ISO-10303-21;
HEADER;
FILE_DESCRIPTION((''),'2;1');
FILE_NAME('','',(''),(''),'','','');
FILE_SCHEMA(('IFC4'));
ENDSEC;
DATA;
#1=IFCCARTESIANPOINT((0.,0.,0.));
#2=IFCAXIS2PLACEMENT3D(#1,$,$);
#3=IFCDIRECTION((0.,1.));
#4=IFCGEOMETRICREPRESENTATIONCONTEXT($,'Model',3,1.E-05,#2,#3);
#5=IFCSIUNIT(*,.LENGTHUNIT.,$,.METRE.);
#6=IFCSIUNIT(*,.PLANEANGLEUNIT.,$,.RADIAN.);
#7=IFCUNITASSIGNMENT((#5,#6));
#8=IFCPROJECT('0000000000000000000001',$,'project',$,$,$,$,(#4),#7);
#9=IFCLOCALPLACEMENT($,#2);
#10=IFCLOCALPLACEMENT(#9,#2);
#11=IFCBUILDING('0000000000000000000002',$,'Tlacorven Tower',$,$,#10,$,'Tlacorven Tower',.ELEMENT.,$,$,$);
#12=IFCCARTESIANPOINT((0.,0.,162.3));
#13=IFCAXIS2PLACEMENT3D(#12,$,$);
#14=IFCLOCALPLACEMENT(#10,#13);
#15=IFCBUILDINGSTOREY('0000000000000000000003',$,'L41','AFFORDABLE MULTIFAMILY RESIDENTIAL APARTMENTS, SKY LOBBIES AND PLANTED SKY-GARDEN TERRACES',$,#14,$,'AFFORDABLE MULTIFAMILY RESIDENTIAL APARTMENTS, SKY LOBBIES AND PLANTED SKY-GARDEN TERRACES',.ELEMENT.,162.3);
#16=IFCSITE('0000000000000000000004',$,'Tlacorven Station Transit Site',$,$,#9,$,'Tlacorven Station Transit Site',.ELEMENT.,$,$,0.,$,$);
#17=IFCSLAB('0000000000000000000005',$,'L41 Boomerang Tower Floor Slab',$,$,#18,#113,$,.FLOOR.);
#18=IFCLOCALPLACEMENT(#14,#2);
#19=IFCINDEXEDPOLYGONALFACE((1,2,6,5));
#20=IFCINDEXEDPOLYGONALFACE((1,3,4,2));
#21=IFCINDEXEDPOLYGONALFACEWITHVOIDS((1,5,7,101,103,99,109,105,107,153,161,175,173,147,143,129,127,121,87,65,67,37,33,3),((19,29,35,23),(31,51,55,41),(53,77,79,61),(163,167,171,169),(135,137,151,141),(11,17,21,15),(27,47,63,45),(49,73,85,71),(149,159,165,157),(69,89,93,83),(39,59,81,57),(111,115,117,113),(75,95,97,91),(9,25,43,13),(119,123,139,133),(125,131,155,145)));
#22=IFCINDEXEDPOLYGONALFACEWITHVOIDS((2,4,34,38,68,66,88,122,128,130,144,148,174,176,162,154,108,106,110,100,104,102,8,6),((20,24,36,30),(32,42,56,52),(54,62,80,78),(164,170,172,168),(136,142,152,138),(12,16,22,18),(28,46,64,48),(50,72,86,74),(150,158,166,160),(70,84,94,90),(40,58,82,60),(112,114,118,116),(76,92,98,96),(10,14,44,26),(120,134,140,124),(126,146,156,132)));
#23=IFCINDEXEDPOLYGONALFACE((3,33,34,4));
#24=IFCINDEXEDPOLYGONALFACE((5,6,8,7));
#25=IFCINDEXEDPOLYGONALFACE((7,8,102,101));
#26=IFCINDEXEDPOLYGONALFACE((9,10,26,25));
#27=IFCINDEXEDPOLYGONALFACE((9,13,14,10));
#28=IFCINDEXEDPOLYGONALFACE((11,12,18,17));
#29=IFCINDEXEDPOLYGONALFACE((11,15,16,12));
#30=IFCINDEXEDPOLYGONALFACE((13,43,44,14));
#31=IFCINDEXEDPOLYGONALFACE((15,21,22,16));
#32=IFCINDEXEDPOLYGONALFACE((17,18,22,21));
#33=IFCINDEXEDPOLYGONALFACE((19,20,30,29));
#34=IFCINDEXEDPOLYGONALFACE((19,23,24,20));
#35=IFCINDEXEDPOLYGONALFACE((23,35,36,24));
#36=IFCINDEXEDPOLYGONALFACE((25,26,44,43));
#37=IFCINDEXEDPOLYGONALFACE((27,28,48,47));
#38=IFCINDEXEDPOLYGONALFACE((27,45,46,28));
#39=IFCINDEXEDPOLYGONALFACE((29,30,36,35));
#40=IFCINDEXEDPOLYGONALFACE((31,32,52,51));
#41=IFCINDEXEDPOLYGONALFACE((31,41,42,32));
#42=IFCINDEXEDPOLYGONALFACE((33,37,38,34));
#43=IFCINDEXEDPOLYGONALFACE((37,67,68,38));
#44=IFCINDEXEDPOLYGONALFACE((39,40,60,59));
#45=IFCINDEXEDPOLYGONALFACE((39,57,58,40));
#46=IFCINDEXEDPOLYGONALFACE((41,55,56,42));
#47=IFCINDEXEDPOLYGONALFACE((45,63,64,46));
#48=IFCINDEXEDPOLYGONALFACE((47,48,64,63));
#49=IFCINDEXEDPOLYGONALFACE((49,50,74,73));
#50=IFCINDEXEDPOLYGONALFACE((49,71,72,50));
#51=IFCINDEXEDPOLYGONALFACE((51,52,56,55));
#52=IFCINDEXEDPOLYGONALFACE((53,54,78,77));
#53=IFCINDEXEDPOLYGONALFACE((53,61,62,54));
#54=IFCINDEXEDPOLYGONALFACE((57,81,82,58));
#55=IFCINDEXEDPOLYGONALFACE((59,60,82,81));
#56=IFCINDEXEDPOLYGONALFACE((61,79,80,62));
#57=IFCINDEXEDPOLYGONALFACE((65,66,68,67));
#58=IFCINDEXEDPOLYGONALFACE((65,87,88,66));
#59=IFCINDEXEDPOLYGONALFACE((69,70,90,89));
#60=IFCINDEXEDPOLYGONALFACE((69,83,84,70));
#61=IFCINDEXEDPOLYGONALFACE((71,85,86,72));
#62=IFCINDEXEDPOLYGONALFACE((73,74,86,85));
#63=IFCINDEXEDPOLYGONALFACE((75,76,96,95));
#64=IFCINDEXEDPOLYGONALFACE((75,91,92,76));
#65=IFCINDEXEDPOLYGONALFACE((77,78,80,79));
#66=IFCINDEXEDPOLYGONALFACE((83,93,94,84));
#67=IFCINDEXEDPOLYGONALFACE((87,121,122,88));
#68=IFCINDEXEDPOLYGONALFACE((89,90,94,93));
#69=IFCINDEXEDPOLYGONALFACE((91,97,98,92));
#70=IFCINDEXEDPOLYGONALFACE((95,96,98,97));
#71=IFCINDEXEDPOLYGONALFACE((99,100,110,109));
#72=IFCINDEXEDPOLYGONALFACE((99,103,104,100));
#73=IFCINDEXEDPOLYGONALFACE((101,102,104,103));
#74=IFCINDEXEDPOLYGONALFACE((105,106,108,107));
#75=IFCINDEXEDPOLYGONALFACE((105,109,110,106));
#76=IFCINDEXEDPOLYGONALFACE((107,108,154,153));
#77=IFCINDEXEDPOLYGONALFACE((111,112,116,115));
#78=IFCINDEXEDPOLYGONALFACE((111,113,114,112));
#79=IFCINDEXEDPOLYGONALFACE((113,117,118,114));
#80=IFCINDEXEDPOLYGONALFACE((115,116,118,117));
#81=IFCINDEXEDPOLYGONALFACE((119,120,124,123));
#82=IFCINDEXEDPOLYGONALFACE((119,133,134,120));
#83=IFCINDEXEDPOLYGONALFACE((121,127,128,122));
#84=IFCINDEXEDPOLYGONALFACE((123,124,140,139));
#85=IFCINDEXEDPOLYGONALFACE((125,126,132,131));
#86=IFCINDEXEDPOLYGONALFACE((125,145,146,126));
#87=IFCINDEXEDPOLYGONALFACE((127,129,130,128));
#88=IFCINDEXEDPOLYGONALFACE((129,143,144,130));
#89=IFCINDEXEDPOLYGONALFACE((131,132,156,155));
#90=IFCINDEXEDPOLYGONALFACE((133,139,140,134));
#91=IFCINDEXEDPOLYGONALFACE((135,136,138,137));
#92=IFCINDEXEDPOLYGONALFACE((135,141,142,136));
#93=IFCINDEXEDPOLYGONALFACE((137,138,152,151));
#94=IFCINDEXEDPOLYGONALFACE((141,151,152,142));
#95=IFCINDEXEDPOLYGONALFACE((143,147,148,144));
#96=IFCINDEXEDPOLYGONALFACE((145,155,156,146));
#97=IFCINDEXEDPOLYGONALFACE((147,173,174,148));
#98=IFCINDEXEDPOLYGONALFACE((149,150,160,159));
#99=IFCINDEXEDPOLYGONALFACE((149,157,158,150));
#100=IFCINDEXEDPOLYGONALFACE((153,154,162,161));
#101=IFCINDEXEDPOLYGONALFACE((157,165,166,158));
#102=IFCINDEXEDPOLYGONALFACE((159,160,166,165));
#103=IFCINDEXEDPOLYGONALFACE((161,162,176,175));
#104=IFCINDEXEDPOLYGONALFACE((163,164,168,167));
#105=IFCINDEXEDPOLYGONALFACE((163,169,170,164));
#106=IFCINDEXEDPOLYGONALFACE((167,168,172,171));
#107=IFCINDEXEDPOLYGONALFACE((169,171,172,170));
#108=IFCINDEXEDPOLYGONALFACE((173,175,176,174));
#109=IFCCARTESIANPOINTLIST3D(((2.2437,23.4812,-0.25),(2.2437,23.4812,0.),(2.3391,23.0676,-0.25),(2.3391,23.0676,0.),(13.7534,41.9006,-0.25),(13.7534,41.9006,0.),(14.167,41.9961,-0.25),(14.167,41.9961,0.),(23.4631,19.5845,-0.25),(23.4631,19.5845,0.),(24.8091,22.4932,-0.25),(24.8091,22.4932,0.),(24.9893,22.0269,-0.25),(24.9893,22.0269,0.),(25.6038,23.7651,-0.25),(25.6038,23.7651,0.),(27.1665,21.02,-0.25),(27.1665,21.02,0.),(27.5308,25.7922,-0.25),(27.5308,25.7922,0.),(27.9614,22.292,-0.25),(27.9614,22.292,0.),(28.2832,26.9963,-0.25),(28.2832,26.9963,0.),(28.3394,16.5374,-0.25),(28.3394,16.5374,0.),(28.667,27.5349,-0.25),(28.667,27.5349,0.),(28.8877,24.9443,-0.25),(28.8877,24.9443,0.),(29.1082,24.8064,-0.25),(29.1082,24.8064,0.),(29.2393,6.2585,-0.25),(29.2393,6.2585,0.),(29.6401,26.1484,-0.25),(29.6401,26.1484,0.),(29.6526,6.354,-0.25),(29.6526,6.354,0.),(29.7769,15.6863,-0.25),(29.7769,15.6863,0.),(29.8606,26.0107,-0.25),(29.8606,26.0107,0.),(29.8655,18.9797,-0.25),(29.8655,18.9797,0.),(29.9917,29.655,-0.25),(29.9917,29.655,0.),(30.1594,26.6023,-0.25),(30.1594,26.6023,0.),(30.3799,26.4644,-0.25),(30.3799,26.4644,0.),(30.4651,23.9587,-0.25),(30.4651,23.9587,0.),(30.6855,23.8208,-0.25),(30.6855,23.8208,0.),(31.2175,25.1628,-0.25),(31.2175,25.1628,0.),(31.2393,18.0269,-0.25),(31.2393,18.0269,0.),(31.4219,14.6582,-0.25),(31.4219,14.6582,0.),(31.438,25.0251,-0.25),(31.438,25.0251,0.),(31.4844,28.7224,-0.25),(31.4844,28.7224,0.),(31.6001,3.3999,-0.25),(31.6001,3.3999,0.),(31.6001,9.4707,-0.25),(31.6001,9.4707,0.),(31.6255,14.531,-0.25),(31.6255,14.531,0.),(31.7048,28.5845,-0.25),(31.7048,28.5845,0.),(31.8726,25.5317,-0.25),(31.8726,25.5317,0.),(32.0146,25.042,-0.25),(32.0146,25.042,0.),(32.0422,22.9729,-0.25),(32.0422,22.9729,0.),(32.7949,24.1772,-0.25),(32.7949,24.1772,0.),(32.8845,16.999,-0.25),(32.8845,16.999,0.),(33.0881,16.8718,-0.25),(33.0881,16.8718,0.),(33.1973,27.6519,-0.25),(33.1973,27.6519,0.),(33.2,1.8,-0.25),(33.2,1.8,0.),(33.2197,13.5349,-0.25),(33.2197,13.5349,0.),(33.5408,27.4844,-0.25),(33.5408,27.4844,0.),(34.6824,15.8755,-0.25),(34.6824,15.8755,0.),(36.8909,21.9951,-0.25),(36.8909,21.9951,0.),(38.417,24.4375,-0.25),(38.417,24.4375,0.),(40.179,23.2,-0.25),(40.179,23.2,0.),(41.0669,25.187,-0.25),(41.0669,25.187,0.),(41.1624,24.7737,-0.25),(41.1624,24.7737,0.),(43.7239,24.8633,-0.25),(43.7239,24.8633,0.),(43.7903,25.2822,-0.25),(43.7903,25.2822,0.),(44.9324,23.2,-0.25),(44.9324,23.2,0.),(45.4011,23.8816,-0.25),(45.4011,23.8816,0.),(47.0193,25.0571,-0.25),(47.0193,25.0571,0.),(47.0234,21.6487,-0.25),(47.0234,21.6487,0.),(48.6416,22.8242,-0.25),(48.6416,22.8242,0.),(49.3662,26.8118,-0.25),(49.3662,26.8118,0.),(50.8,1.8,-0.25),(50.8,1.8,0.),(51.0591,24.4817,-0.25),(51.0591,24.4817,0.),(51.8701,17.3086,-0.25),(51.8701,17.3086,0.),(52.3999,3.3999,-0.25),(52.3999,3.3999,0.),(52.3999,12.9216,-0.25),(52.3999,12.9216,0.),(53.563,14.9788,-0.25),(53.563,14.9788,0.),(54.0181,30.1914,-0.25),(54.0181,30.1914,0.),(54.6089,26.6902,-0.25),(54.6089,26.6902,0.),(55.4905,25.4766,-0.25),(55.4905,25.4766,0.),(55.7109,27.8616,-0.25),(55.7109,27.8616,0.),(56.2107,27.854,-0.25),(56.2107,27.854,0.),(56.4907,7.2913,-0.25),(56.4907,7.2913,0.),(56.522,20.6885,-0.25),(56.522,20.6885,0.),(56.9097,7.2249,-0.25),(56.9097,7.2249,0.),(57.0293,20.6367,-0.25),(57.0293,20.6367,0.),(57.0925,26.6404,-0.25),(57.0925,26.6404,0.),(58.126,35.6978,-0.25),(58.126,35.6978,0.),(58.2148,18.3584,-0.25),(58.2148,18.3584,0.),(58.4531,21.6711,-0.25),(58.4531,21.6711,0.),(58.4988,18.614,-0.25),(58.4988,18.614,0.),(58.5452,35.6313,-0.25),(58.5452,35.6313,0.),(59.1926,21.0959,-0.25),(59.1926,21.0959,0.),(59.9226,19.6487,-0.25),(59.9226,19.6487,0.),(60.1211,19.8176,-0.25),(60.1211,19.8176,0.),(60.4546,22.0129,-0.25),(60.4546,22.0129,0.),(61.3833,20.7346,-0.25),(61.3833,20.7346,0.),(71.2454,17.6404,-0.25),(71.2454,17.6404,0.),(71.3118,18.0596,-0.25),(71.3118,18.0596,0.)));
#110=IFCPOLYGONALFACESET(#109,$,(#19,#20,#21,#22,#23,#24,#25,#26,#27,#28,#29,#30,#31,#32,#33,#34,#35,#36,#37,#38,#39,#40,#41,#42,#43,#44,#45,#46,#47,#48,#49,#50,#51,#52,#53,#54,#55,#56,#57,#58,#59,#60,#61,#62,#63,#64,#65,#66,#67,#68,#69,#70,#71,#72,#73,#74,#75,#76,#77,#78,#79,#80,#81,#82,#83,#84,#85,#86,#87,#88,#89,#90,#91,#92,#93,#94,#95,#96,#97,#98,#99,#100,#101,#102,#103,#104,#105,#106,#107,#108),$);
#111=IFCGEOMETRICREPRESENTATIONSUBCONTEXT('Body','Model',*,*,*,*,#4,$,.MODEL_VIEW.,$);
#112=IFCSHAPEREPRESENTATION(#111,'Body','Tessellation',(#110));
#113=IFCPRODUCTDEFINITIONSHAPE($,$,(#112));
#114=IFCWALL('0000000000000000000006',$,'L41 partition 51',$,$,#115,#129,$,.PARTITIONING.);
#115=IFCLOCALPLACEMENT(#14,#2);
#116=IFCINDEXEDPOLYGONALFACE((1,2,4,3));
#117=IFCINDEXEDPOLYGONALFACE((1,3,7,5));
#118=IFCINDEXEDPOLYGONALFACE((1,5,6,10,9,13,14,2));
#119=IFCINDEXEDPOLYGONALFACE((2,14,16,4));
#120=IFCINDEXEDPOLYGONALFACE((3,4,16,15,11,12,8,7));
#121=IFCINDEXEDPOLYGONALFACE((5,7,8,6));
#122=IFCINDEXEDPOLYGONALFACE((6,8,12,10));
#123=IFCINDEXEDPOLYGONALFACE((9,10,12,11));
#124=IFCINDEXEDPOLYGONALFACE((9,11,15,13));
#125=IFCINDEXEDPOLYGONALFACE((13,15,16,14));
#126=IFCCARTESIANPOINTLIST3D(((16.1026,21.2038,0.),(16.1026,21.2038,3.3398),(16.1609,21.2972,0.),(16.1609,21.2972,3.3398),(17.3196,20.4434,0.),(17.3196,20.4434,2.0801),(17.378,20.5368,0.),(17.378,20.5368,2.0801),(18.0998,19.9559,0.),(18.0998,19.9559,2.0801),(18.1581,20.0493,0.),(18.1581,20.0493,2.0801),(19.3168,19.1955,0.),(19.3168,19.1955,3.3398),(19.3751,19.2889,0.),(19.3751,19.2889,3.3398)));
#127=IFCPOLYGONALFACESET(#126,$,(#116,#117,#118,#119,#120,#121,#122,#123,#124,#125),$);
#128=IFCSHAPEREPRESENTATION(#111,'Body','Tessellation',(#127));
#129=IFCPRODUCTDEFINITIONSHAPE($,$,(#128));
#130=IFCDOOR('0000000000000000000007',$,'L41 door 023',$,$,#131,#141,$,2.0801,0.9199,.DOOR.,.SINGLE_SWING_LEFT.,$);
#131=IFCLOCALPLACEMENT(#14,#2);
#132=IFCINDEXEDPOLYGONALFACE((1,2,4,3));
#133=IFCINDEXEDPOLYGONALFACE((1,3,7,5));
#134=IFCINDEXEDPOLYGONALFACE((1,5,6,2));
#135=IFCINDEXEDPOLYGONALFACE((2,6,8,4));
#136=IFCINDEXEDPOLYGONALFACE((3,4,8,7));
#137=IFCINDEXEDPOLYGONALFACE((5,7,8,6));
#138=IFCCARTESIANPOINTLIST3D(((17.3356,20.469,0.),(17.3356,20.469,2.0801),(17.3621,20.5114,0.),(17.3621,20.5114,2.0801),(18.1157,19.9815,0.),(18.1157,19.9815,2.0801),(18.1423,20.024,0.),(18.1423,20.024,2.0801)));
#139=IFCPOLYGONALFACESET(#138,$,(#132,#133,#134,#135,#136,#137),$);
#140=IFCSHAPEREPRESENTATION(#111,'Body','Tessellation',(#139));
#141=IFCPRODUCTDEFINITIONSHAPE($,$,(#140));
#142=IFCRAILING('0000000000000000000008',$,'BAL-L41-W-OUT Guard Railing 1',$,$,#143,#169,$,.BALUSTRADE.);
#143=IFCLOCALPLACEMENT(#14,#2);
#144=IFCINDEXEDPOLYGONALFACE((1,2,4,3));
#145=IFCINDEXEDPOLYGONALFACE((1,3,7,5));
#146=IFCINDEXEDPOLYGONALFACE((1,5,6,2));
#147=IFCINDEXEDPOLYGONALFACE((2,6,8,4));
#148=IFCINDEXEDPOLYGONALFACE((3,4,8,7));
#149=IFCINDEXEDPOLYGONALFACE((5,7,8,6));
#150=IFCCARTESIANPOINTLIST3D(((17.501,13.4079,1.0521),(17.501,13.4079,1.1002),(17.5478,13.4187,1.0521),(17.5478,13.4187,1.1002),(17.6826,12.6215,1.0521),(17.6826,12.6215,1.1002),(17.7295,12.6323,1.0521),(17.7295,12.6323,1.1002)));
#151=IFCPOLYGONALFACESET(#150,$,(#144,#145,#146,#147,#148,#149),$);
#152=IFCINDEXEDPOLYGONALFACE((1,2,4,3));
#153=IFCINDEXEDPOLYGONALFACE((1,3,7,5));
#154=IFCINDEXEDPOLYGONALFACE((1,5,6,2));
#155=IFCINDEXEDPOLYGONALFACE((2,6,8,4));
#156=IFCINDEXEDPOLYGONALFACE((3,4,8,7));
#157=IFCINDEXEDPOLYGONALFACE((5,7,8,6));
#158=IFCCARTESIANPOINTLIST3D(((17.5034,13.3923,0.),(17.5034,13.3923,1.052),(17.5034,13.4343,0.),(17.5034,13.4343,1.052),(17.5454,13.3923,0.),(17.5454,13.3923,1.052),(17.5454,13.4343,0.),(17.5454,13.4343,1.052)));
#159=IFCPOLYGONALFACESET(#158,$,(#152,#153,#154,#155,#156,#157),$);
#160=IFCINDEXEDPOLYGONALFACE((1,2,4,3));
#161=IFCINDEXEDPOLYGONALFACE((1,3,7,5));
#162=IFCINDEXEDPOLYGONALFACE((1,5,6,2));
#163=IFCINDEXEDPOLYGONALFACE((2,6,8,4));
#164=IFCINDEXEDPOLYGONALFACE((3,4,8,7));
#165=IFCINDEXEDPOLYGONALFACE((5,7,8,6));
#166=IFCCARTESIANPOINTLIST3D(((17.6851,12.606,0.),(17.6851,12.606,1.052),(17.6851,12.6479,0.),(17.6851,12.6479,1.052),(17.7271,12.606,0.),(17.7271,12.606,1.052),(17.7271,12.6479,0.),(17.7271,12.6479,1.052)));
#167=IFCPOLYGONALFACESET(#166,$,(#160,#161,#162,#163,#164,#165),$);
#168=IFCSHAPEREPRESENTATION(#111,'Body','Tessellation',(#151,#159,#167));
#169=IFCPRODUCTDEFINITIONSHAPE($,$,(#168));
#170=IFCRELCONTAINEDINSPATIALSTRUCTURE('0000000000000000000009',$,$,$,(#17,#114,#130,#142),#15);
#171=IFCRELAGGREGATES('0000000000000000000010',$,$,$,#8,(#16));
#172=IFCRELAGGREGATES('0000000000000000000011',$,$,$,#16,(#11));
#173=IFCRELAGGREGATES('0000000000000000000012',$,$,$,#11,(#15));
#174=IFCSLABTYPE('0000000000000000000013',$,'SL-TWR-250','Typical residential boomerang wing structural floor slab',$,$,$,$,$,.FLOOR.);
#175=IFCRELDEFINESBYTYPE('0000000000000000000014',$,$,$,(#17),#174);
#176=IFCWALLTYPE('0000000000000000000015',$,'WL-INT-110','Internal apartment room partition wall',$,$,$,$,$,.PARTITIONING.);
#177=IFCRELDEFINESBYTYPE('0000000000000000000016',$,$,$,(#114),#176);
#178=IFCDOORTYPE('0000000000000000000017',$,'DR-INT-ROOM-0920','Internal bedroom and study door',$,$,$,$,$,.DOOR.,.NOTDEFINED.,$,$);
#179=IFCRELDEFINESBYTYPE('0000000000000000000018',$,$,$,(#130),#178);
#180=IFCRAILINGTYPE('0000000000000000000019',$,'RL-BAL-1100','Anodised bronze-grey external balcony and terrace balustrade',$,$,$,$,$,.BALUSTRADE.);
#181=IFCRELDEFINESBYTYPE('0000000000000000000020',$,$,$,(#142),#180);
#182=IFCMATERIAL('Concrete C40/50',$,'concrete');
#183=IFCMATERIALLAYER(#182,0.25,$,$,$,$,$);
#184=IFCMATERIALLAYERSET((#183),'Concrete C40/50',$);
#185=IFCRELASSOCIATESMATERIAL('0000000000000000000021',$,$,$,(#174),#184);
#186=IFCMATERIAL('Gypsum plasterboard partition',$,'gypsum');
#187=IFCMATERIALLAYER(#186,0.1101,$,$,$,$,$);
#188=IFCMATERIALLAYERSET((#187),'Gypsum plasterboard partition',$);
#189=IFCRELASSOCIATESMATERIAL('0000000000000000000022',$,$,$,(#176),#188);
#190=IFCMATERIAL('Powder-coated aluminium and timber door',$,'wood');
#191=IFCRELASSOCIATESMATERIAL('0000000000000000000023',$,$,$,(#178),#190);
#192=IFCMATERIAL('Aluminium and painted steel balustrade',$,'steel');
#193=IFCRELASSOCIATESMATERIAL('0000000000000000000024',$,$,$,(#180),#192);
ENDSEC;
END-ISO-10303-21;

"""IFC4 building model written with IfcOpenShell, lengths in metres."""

from ifc_helpers import new_model, si_unit, direction, frame, frame_2d, origin, origin_2d, place, context, subcontext, project, spatial, polyline, rectangle, outline, extrude, source, transform, mapped, material, layer, layer_set, type_object, element, fill, save


model = new_model("IFC4")

# Units and contexts
model_context = context("Model", 3, precision=1e-05, world=origin(), true_north=direction((0.0, 1.0)))
body_context = subcontext(model_context, "Body", "Model", "MODEL_VIEW")
ifc_project = project(units=[si_unit("LENGTHUNIT", "METRE"), si_unit("PLANEANGLEUNIT", "RADIAN")], contexts=[model_context])

# Site, building, storey
site_placement = place(None, origin())
site = spatial("IfcSite", under=ifc_project, at=site_placement, Name="Tlacorven Station Transit Site", LongName="Tlacorven Station Transit Site", CompositionType="ELEMENT", RefElevation=0.0)
building_placement = place(site_placement, origin())
building = spatial("IfcBuilding", under=site, at=building_placement, Name="Tlacorven Tower", LongName="Tlacorven Tower", CompositionType="ELEMENT")
storey_placement = place(building_placement, frame((0.0, 0.0, 162.3)))
storey = spatial("IfcBuildingStorey", under=building, at=storey_placement, Name="L41", Description="AFFORDABLE MULTIFAMILY RESIDENTIAL APARTMENTS, SKY LOBBIES AND PLANTED SKY-GARDEN TERRACES", LongName="AFFORDABLE MULTIFAMILY RESIDENTIAL APARTMENTS, SKY LOBBIES AND PLANTED SKY-GARDEN TERRACES", CompositionType="ELEMENT", Elevation=162.3)

# Shared definitions
ifc_material_1 = material(Name="Concrete C40/50", Category="concrete")

# Slab
ifc_layer_1 = layer(ifc_material_1, 0.25)
ifc_layer_set_1 = layer_set([ifc_layer_1], Name="Concrete C40/50")
slab_type_1 = type_object("IfcSlabType", Name="SL-TWR-250", Description="Typical residential boomerang wing structural floor slab", PredefinedType="FLOOR", material=ifc_layer_set_1)
slab_1_placement = place(storey_placement, frame((0.0, 0.0, -0.25)))
element("IfcSlab", 1, at=slab_1_placement, inside=storey, type_object=slab_type_1, Name="L41 Boomerang Tower Floor Slab", PredefinedType="FLOOR", context=body_context, shape_type="SweptSolid", body=[
    extrude(outline(polyline([(52.3999, 3.3999), (50.8, 1.8), (33.2, 1.8), (31.6001, 3.3999), (31.6001, 9.4707), (29.6526, 6.354), (29.2393, 6.2585), (2.3391, 23.0676), (2.2437, 23.4812), (13.7534, 41.9006), (14.167, 41.9961), (41.0669, 25.187), (41.1624, 24.7737), (40.179, 23.2), (44.9324, 23.2), (43.7239, 24.8633), (43.7903, 25.2822), (58.126, 35.6978), (58.5452, 35.6313), (71.3118, 18.0596), (71.2454, 17.6404), (56.9097, 7.2249), (56.4907, 7.2913), (52.3999, 12.9216), (52.3999, 3.3999)]), holes=[polyline([(29.8655, 18.9797), (24.9893, 22.0269), (23.4631, 19.5845), (28.3394, 16.5374), (29.8655, 18.9797)]), polyline([(38.417, 24.4375), (33.5408, 27.4844), (32.0146, 25.042), (36.8909, 21.9951), (38.417, 24.4375)]), polyline([(51.0591, 24.4817), (55.7109, 27.8616), (54.0181, 30.1914), (49.3662, 26.8118), (51.0591, 24.4817)]), polyline([(53.563, 14.9788), (58.2148, 18.3584), (56.522, 20.6885), (51.8701, 17.3086), (53.563, 14.9788)]), polyline([(34.6824, 15.8755), (33.0881, 16.8718), (31.6255, 14.531), (33.2197, 13.5349), (34.6824, 15.8755)]), polyline([(32.8845, 16.999), (31.2393, 18.0269), (29.7769, 15.6863), (31.4219, 14.6582), (32.8845, 16.999)]), polyline([(47.0234, 21.6487), (48.6416, 22.8242), (47.0193, 25.0571), (45.4011, 23.8816), (47.0234, 21.6487)]), polyline([(33.1973, 27.6519), (31.7048, 28.5845), (30.3799, 26.4644), (31.8726, 25.5317), (33.1973, 27.6519)]), polyline([(31.4844, 28.7224), (29.9917, 29.655), (28.667, 27.5349), (30.1594, 26.6023), (31.4844, 28.7224)]), polyline([(32.7949, 24.1772), (31.438, 25.0251), (30.6855, 23.8208), (32.0422, 22.9729), (32.7949, 24.1772)]), polyline([(31.2175, 25.1628), (29.8606, 26.0107), (29.1082, 24.8064), (30.4651, 23.9587), (31.2175, 25.1628)]), polyline([(29.6401, 26.1484), (28.2832, 26.9963), (27.5308, 25.7922), (28.8877, 24.9443), (29.6401, 26.1484)]), polyline([(58.4988, 18.614), (59.9226, 19.6487), (58.4531, 21.6711), (57.0293, 20.6367), (58.4988, 18.614)]), polyline([(27.9614, 22.292), (25.6038, 23.7651), (24.8091, 22.4932), (27.1665, 21.02), (27.9614, 22.292)]), polyline([(55.4905, 25.4766), (57.0925, 26.6404), (56.2107, 27.854), (54.6089, 26.6902), (55.4905, 25.4766)]), polyline([(60.1211, 19.8176), (61.3833, 20.7346), (60.4546, 22.0129), (59.1926, 21.0959), (60.1211, 19.8176)])]), origin(), (0.0, 0.0, 1.0), 0.25),
])

# Wall, opening, door
ifc_material_2 = material(Name="Gypsum plasterboard partition", Category="gypsum")
ifc_layer_2 = layer(ifc_material_2, 0.1101)
ifc_layer_set_2 = layer_set([ifc_layer_2], Name="Gypsum plasterboard partition")
wall_type = type_object("IfcWallType", Name="WL-INT-110", Description="Internal apartment room partition wall", PredefinedType="PARTITIONING", material=ifc_layer_set_2)
wall_placement = place(storey_placement, frame((19.3459, 19.2422, 0.0), z_axis=(0.0, 0.0, 1.0), x_axis=(-0.84806, 0.529901, 0.0)))
wall = element("IfcWall", 2, at=wall_placement, inside=storey, type_object=wall_type, Name="L41 partition 51", PredefinedType="PARTITIONING", context=body_context, shape_type="SweptSolid", body=[
    extrude(rectangle(XDim=3.79, YDim=0.1101, at=frame_2d((1.895, 0.0))), origin(), (0.0, 0.0, 1.0), 3.3398),
])
opening_placement = place(wall_placement, frame((1.4351, 0.0, 0.0)))
opening = element("IfcOpeningElement", 3, at=opening_placement, cuts=wall, PredefinedType="OPENING", context=body_context, shape_type="SweptSolid", body=[
    extrude(rectangle(XDim=0.9199, YDim=2.0801, at=frame_2d((0.46, 1.04))), frame((0.0, 0.0649, 0.0), z_axis=(0.0, -1.0, 0.0), x_axis=(1.0, 0.0, 0.0)), (0.0, 0.0, 1.0), 0.1301),
])
ifc_material_3 = material(Name="Powder-coated aluminium and timber door", Category="wood")
door_type = type_object("IfcDoorType", Name="DR-INT-ROOM-0920", Description="Internal bedroom and study door", OperationType="NOTDEFINED", PredefinedType="DOOR", material=ifc_material_3)
shared_shape_1 = source(origin(), body_context, "Body", "SweptSolid", [
    extrude(rectangle(XDim=0.9199, YDim=2.0801, at=frame_2d((0.46, 1.04))), frame((0.0, 0.0249, 0.0), z_axis=(0.0, -1.0, 0.0), x_axis=(1.0, 0.0, 0.0)), (0.0, 0.0, 1.0), 0.05),
])
door_placement = place(opening_placement, origin())
door = element("IfcDoor", 4, at=door_placement, inside=storey, type_object=door_type, Name="L41 door 023", OperationType="SINGLE_SWING_LEFT", OverallHeight=2.0801, OverallWidth=0.9199, PredefinedType="DOOR", context=body_context, shape_type="MappedRepresentation", body=[
    mapped(shared_shape_1, transform((0.0, 0.0, 0.0), scale=1.0)),
])
fill(opening, door)

# Railing
ifc_material_4 = material(Name="Aluminium and painted steel balustrade", Category="steel")
railing_type = type_object("IfcRailingType", Name="RL-BAL-1100", Description="Anodised bronze-grey external balcony and terrace balustrade", PredefinedType="BALUSTRADE", material=ifc_material_4)
shared_shape_2 = source(origin(), body_context, "Body", "SweptSolid", [
    extrude(rectangle(XDim=0.0481, YDim=0.0481, at=origin_2d()), frame((0.0, 0.0, 1.0762), z_axis=(0.225058, -0.974345, 0.0), x_axis=(0.974345, 0.225058, 0.0)), (0.0, 0.0, 1.0), 0.8071),
    extrude(rectangle(XDim=0.042, YDim=0.042, at=origin_2d()), origin(), (0.0, 0.0, 1.0), 1.052),
    extrude(rectangle(XDim=0.042, YDim=0.042, at=origin_2d()), frame((0.1816, -0.7864, 0.0)), (0.0, 0.0, 1.0), 1.052),
])
railing_1_placement = place(storey_placement, frame((17.5244, 13.4133, 0.0)))
element("IfcRailing", 5, at=railing_1_placement, inside=storey, type_object=railing_type, Name="BAL-L41-W-OUT Guard Railing 1", PredefinedType="BALUSTRADE", context=body_context, shape_type="MappedRepresentation", body=[
    mapped(shared_shape_2, transform((0.0, 0.0, 0.0), scale=1.0)),
])

save(model, "model.ifc")
